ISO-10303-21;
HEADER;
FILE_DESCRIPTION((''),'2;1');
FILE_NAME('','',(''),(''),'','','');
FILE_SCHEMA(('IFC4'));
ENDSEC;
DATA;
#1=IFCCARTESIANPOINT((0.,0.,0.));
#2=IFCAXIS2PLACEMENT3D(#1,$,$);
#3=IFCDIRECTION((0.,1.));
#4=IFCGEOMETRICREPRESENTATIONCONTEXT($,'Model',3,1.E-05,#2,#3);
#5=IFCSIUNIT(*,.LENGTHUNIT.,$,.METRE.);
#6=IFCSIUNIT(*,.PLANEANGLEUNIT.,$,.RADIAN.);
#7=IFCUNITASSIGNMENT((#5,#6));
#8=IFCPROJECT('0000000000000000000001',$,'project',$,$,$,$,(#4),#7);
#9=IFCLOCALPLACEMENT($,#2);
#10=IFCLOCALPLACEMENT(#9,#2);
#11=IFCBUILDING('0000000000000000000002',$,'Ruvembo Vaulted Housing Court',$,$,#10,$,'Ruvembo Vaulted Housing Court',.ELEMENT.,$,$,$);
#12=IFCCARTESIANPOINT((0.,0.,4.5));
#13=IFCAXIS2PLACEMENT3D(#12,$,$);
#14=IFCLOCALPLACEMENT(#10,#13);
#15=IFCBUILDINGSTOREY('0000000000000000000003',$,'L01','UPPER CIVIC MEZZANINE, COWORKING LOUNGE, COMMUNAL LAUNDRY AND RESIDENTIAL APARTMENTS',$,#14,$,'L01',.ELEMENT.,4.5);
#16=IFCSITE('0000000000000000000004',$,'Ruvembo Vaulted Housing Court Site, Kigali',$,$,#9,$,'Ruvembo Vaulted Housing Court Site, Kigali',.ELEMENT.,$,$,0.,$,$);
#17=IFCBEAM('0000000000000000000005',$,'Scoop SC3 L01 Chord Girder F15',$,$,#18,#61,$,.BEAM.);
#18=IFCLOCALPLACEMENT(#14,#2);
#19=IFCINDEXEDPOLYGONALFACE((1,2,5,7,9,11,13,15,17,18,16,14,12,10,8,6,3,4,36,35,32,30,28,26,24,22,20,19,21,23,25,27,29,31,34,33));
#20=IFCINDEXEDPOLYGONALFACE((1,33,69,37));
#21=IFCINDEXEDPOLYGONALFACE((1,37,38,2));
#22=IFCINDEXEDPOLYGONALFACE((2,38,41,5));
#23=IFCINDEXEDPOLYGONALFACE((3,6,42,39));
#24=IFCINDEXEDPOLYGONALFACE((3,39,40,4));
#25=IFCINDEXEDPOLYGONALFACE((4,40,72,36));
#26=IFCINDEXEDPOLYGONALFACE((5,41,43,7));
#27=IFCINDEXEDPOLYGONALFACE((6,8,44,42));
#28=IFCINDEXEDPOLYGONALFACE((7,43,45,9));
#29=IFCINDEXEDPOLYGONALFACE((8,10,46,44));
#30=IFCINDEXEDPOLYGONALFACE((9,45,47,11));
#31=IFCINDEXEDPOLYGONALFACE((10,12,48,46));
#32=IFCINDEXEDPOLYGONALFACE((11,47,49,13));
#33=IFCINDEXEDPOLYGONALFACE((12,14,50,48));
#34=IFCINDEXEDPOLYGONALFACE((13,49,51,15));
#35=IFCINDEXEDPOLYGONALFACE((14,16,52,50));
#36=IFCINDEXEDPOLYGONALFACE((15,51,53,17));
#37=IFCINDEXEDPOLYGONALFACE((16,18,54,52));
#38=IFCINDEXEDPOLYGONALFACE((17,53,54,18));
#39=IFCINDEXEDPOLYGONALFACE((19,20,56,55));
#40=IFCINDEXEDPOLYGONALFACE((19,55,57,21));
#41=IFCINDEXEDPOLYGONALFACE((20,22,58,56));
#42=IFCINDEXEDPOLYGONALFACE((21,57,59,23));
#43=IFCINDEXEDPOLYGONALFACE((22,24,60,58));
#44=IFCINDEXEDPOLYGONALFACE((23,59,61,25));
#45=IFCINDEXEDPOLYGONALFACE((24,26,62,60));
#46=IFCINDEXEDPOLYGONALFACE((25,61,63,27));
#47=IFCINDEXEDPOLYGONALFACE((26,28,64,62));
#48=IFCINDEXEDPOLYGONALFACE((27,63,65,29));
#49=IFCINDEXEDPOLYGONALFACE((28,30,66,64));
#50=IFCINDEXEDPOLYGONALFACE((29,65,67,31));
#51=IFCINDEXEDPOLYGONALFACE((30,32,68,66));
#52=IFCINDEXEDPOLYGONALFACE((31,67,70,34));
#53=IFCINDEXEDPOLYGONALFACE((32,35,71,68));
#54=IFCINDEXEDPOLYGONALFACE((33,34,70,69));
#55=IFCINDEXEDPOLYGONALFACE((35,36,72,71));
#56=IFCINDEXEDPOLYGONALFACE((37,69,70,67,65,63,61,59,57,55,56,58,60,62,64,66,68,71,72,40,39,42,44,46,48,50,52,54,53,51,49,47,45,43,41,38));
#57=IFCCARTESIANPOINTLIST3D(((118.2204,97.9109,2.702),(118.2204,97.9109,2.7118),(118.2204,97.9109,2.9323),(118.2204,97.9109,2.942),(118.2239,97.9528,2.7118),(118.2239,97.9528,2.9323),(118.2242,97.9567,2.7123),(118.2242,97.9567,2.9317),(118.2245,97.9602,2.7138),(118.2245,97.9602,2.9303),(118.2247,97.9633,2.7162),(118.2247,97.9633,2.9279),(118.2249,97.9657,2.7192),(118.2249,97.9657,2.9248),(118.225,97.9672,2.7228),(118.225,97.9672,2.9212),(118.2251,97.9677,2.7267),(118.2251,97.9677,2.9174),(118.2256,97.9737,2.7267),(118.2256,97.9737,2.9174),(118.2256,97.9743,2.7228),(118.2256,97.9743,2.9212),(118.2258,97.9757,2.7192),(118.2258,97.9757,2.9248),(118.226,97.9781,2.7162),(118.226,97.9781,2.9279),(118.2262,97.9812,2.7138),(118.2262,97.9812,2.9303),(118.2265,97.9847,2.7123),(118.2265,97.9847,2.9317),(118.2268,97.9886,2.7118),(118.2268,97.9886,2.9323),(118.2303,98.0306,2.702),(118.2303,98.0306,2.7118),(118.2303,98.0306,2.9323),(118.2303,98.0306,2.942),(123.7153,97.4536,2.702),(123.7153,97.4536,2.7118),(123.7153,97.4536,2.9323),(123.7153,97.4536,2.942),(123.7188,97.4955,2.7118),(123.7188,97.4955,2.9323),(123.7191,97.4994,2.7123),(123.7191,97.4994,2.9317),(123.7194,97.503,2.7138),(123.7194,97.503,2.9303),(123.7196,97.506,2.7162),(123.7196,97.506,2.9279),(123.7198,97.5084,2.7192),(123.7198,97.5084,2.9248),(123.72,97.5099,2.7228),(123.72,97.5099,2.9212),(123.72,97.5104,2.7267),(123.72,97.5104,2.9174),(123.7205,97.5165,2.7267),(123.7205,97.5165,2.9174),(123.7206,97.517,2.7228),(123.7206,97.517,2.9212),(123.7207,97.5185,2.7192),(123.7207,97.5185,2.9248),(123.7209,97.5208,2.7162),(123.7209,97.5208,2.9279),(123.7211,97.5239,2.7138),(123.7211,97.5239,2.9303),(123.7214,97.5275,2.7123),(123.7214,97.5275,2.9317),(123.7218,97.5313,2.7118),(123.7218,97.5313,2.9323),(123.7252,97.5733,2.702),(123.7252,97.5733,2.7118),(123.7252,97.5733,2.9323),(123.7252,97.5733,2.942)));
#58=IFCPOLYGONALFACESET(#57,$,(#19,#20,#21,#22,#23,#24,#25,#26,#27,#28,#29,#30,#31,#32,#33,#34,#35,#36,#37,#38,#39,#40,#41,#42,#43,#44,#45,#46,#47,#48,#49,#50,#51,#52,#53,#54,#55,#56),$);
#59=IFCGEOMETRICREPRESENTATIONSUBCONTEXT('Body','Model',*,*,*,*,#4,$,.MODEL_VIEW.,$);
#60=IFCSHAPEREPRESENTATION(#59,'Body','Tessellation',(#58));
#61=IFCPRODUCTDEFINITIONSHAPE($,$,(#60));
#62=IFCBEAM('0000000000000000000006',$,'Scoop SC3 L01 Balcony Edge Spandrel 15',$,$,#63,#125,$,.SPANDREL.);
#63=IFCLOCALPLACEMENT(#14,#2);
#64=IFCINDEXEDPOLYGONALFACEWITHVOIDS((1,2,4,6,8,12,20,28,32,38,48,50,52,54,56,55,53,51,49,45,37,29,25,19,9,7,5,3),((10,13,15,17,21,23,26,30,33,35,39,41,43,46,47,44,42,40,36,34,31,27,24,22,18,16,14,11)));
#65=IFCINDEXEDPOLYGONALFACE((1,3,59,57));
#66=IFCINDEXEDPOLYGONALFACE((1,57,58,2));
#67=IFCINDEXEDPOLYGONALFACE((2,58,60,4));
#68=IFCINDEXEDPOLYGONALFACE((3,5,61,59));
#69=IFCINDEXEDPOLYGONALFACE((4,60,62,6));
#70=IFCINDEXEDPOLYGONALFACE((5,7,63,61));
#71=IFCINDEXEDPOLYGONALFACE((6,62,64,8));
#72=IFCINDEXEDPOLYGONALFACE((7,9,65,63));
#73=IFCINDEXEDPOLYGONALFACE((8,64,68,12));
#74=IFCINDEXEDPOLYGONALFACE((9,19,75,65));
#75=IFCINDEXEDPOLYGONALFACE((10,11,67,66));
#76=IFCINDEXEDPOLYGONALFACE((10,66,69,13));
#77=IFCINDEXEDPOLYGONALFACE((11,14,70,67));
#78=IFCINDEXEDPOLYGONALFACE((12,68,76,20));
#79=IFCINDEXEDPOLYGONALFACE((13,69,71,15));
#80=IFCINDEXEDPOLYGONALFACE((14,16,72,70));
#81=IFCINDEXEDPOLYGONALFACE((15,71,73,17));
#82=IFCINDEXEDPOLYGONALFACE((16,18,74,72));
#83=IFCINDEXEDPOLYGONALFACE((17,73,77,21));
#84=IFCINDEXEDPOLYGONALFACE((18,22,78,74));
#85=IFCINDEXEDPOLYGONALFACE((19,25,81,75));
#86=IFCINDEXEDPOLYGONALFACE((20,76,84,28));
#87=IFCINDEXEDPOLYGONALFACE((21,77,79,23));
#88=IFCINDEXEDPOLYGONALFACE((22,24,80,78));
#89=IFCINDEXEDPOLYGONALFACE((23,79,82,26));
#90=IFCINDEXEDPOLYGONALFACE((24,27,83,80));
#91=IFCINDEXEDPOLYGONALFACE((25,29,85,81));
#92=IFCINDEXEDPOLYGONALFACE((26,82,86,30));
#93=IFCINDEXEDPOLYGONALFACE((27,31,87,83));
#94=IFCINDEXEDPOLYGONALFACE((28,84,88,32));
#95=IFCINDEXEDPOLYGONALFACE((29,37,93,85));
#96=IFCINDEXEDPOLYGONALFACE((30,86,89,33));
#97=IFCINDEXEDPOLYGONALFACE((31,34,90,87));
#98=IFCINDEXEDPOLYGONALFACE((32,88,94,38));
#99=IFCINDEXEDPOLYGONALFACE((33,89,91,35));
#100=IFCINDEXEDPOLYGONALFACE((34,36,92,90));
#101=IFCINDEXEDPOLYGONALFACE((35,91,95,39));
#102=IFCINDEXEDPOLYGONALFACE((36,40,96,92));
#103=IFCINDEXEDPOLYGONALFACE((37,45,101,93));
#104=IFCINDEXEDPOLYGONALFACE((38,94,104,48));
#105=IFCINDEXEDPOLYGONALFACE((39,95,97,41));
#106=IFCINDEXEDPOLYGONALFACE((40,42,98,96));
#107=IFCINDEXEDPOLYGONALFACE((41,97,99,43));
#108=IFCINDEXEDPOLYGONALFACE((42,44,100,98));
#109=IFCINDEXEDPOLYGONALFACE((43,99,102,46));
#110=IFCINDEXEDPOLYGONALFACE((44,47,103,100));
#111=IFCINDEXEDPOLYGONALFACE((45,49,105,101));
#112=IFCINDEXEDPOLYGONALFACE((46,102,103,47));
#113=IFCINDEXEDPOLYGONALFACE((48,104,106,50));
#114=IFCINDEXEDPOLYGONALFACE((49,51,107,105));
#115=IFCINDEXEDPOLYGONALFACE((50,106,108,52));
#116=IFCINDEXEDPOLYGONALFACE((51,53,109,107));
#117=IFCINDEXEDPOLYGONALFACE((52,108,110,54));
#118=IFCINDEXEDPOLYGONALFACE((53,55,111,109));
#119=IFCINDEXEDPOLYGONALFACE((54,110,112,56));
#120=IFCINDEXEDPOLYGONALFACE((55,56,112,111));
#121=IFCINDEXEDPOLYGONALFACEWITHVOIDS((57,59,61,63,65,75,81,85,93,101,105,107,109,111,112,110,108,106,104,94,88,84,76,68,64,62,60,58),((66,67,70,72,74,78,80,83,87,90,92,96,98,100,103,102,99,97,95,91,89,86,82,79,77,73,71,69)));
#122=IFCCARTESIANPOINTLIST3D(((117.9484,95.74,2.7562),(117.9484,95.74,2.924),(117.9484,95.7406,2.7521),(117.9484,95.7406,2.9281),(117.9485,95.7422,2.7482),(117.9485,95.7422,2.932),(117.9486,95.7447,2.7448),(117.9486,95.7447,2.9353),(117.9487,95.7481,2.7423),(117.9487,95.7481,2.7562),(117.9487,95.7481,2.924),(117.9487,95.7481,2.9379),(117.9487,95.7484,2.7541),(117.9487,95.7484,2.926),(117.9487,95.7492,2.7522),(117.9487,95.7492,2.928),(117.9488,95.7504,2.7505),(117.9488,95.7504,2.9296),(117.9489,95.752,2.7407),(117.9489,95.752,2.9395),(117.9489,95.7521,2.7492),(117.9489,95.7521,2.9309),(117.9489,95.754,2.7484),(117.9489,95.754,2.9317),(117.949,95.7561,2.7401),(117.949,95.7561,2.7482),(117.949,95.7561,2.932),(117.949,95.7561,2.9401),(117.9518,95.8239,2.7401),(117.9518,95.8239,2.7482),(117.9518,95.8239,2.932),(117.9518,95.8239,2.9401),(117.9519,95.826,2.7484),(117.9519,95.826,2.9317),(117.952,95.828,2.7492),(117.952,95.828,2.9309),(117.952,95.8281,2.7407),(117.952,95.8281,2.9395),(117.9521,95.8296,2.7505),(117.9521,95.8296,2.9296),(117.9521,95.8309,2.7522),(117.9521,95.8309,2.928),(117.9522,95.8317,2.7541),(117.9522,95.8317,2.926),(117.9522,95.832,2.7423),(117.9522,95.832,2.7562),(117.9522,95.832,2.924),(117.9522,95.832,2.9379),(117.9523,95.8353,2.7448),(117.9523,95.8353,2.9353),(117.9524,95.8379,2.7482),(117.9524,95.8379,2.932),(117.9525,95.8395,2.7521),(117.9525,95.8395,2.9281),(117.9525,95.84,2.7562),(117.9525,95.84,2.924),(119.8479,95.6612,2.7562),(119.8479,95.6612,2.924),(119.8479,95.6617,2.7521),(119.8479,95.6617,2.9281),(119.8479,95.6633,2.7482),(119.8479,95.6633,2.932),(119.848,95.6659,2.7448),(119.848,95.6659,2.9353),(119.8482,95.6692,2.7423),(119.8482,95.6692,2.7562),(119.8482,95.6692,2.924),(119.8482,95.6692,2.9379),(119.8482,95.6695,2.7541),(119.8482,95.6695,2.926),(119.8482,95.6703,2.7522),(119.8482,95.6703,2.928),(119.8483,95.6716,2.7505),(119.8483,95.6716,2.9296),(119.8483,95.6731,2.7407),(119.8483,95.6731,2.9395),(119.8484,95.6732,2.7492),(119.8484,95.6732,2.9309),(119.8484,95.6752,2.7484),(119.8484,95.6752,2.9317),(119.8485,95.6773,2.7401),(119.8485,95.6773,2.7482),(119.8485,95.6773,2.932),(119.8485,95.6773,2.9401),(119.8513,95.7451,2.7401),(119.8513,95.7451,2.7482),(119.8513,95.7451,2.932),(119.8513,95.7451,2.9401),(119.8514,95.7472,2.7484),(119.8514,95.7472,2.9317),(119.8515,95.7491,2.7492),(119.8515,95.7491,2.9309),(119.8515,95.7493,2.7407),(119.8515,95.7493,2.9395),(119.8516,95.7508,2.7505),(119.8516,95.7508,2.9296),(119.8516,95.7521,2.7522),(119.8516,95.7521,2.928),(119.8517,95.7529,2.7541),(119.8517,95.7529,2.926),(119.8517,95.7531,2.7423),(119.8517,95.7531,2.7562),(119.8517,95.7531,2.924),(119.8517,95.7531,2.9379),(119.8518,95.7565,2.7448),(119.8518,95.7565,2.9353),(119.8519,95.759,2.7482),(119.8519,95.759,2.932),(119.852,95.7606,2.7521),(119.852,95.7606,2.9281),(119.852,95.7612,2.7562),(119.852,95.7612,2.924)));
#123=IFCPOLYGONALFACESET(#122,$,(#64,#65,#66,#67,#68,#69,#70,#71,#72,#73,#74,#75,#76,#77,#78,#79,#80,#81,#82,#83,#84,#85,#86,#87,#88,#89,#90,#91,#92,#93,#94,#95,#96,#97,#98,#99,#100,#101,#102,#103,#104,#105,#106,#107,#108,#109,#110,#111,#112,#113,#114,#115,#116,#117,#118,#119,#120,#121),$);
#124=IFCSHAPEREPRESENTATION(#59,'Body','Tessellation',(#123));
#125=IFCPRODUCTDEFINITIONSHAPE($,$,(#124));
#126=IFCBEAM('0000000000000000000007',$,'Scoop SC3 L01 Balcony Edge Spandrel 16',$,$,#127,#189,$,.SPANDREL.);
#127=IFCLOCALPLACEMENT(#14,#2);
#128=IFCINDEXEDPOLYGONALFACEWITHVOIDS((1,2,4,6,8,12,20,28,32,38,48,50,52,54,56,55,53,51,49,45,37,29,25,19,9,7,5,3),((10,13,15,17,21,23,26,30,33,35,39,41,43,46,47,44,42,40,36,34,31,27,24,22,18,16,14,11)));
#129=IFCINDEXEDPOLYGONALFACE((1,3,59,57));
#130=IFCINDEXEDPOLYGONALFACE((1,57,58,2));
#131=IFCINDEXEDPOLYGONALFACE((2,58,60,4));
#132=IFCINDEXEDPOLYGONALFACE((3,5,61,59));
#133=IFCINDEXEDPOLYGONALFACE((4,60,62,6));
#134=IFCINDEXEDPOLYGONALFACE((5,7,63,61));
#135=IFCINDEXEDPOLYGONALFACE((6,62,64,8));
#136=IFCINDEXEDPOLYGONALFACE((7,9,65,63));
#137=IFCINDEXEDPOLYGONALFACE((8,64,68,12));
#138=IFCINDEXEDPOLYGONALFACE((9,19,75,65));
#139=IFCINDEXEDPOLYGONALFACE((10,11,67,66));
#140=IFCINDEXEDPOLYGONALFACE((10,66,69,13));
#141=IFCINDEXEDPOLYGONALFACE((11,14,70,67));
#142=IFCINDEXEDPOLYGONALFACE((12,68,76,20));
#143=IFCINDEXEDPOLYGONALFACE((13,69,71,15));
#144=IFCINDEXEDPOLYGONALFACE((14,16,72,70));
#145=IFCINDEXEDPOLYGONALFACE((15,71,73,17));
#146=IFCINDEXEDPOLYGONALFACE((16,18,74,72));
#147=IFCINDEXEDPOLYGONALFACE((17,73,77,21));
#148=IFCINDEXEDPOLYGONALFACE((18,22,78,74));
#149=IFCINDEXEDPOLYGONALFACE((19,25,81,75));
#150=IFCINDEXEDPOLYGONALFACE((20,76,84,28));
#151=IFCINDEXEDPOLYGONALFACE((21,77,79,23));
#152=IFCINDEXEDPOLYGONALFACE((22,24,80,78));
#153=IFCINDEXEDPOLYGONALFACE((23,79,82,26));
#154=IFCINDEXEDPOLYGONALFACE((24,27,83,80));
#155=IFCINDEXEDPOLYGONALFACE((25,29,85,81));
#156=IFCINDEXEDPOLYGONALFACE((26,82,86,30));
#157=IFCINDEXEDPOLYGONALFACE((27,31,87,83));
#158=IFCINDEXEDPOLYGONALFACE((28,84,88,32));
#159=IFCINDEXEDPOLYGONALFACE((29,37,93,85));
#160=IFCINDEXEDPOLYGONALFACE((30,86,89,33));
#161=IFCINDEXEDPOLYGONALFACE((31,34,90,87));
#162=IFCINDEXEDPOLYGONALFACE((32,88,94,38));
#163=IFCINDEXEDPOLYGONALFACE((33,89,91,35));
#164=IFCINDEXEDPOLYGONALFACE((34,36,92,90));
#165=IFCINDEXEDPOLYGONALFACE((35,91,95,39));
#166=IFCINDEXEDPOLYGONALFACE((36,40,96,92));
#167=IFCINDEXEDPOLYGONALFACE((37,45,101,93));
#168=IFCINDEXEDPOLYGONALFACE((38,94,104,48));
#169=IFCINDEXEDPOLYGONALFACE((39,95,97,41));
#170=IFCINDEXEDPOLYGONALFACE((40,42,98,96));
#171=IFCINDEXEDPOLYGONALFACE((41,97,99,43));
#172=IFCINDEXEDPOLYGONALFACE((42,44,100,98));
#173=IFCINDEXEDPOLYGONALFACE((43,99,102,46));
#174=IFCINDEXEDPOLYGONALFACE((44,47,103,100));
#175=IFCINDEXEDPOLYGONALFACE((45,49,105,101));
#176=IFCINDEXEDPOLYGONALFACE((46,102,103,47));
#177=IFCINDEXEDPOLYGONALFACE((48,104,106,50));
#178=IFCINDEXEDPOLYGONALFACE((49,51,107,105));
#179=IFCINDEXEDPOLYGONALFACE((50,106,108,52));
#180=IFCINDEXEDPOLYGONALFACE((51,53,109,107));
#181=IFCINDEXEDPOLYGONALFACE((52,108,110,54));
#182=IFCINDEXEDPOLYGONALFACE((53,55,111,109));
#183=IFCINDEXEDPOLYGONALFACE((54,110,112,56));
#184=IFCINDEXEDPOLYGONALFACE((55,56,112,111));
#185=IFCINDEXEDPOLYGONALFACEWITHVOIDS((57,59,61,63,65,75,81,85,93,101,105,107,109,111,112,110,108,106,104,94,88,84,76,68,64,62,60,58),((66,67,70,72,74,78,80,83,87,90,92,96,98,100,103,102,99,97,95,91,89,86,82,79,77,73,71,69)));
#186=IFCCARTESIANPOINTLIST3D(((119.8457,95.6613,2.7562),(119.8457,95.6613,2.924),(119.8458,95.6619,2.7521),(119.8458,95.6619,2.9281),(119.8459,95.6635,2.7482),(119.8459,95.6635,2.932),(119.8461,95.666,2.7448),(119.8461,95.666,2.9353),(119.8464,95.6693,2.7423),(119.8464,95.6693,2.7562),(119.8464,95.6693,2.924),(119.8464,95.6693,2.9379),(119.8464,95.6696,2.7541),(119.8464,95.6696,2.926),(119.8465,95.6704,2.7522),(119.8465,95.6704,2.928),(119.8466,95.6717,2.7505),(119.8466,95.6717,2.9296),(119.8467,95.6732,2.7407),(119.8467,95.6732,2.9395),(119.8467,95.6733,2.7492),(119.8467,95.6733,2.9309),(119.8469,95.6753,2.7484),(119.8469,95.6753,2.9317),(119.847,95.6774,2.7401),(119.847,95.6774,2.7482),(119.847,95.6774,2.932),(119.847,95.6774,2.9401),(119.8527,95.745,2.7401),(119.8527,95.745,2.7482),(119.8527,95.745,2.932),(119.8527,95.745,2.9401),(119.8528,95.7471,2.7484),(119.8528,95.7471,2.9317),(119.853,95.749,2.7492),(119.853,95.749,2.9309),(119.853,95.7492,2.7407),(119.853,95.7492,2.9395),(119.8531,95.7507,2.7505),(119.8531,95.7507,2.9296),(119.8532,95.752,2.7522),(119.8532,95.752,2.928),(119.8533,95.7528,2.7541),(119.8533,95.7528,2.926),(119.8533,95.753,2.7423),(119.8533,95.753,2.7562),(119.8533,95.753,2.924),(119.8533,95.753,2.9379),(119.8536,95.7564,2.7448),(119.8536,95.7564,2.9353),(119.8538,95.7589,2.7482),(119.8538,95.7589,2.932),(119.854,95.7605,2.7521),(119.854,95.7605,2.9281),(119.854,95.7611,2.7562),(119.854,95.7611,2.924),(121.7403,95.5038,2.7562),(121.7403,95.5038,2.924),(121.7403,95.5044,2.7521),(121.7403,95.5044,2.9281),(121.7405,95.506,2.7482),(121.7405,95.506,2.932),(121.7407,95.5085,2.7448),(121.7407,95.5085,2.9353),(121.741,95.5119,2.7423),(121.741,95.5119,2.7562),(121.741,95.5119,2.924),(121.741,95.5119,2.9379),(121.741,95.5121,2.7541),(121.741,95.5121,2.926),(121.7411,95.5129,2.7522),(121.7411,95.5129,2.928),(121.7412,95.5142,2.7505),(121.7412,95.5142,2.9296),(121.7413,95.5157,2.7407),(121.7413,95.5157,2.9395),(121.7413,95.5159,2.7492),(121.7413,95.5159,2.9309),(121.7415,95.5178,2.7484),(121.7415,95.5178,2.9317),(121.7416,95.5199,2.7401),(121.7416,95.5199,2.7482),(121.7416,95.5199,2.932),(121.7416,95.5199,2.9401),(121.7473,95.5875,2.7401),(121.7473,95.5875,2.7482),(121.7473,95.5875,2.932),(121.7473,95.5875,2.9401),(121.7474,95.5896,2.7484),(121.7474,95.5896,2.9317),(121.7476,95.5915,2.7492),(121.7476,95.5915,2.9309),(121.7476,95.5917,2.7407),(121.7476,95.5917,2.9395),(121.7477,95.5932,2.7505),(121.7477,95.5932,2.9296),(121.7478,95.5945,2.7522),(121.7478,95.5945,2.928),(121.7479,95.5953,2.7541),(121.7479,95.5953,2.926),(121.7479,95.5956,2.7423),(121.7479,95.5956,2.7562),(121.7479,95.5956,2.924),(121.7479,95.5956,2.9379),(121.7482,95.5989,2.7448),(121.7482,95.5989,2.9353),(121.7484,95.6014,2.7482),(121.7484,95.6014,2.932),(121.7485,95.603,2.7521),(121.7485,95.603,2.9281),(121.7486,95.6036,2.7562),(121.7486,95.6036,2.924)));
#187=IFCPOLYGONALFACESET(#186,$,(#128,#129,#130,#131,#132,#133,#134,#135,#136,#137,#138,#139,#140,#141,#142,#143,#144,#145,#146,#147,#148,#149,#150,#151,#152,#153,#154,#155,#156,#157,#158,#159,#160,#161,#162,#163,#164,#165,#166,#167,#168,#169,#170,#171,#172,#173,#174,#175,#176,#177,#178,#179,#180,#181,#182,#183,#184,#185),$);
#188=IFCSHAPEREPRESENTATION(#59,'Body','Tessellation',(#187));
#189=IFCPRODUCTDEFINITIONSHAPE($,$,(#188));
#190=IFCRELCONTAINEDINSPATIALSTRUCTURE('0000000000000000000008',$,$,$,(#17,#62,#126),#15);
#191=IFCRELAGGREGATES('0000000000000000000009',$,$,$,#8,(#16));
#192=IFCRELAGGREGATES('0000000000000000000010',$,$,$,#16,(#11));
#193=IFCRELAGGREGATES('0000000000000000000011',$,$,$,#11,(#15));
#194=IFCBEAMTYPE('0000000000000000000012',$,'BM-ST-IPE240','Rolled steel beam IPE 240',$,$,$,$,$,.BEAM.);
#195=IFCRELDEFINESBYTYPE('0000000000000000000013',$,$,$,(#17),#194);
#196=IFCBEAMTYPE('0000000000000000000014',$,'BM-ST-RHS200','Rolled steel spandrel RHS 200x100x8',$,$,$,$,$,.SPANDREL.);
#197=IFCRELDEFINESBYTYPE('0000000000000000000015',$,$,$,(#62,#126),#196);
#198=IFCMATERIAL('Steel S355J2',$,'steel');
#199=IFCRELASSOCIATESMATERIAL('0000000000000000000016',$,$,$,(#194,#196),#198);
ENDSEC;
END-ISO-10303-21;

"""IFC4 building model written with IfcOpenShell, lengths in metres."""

from ifc_helpers import new_model, si_unit, direction, frame, origin, origin_2d, place, context, subcontext, project, spatial, hollow_rectangle, i_section, extrude, material, material_profile, profile_set, type_object, element, save


model = new_model("IFC4")

# Units and contexts
model_context = context("Model", 3, precision=1e-05, world=origin(), true_north=direction((0.0, 1.0)))
body_context = subcontext(model_context, "Body", "Model", "MODEL_VIEW")
ifc_project = project(units=[si_unit("LENGTHUNIT", "METRE"), si_unit("PLANEANGLEUNIT", "RADIAN")], contexts=[model_context])

# Site, building, storey
site_placement = place(None, origin())
site = spatial("IfcSite", under=ifc_project, at=site_placement, Name="Ruvembo Vaulted Housing Court Site, Kigali", LongName="Ruvembo Vaulted Housing Court Site, Kigali", CompositionType="ELEMENT", RefElevation=0.0)
building_placement = place(site_placement, origin())
building = spatial("IfcBuilding", under=site, at=building_placement, Name="Ruvembo Vaulted Housing Court", LongName="Ruvembo Vaulted Housing Court", CompositionType="ELEMENT")
storey_placement = place(building_placement, frame((0.0, 0.0, 4.5)))
storey = spatial("IfcBuildingStorey", under=building, at=storey_placement, Name="L01", Description="UPPER CIVIC MEZZANINE, COWORKING LOUNGE, COMMUNAL LAUNDRY AND RESIDENTIAL APARTMENTS", LongName="L01", CompositionType="ELEMENT", Elevation=4.5)

# Beams
ifc_material_1 = material(Name="Steel S355J2", Category="steel")
ifc_material_profile_1 = material_profile(ifc_material_1, i_section(OverallWidth=0.1201, OverallDepth=0.24, WebThickness=0.0061, FlangeThickness=0.0098, FilletRadius=0.0149, at=origin_2d()), Name="IPE 240")
ifc_profile_set_1 = profile_set([ifc_material_profile_1], Name="Steel S355J2")
beam_type_1 = type_object("IfcBeamType", Name="BM-ST-IPE240", Description="Rolled steel beam IPE 240", PredefinedType="BEAM", material=ifc_profile_set_1)
beam_placement = place(storey_placement, frame((118.2253, 97.9707, 2.822), z_axis=(0.996555, -0.082932, 0.0), x_axis=(0.082932, 0.996555, 0.0)))
element("IfcBeam", 1, at=beam_placement, inside=storey, type_object=beam_type_1, Name="Scoop SC3 L01 Chord Girder F15", PredefinedType="BEAM", context=body_context, shape_type="SweptSolid", body=[
    extrude(i_section(OverallWidth=0.1201, OverallDepth=0.24, WebThickness=0.0061, FlangeThickness=0.0098, FilletRadius=0.0149, at=origin_2d()), origin(), (0.0, 0.0, 1.0), 5.5139),
])
ifc_material_profile_2 = material_profile(ifc_material_1, hollow_rectangle(XDim=0.1001, YDim=0.2, WallThickness=0.0081, InnerFilletRadius=0.0081, OuterFilletRadius=0.0161, at=origin_2d()), Name="RHS 200x100x8")
ifc_profile_set_2 = profile_set([ifc_material_profile_2], Name="Steel S355J2")
beam_type_2 = type_object("IfcBeamType", Name="BM-ST-RHS200", Description="Rolled steel spandrel RHS 200x100x8", PredefinedType="SPANDREL", material=ifc_profile_set_2)
for number, where, z_axis, x_axis, name in (
    (2, (117.9504, 95.79, 2.8401), (0.999139, -0.041481, 0.0), (0.041481, 0.999139, 0.0), "Scoop SC3 L01 Balcony Edge Spandrel 15"),
    (3, (119.8499, 95.7112, 2.8401), (0.996563, -0.082833, 0.0), (0.082833, 0.996563, 0.0), "Scoop SC3 L01 Balcony Edge Spandrel 16"),
):
    element("IfcBeam", number, at=place(storey_placement, frame(where, z_axis=z_axis, x_axis=x_axis)), inside=storey, type_object=beam_type_2, Name=name, PredefinedType="SPANDREL", context=body_context, shape_type="SweptSolid", body=[
        extrude(hollow_rectangle(XDim=0.1001, YDim=0.2, WallThickness=0.0081, InnerFilletRadius=0.0081, OuterFilletRadius=0.0161, at=origin_2d()), origin(), (0.0, 0.0, 1.0), 1.9011),
    ])

save(model, "model.ifc")
